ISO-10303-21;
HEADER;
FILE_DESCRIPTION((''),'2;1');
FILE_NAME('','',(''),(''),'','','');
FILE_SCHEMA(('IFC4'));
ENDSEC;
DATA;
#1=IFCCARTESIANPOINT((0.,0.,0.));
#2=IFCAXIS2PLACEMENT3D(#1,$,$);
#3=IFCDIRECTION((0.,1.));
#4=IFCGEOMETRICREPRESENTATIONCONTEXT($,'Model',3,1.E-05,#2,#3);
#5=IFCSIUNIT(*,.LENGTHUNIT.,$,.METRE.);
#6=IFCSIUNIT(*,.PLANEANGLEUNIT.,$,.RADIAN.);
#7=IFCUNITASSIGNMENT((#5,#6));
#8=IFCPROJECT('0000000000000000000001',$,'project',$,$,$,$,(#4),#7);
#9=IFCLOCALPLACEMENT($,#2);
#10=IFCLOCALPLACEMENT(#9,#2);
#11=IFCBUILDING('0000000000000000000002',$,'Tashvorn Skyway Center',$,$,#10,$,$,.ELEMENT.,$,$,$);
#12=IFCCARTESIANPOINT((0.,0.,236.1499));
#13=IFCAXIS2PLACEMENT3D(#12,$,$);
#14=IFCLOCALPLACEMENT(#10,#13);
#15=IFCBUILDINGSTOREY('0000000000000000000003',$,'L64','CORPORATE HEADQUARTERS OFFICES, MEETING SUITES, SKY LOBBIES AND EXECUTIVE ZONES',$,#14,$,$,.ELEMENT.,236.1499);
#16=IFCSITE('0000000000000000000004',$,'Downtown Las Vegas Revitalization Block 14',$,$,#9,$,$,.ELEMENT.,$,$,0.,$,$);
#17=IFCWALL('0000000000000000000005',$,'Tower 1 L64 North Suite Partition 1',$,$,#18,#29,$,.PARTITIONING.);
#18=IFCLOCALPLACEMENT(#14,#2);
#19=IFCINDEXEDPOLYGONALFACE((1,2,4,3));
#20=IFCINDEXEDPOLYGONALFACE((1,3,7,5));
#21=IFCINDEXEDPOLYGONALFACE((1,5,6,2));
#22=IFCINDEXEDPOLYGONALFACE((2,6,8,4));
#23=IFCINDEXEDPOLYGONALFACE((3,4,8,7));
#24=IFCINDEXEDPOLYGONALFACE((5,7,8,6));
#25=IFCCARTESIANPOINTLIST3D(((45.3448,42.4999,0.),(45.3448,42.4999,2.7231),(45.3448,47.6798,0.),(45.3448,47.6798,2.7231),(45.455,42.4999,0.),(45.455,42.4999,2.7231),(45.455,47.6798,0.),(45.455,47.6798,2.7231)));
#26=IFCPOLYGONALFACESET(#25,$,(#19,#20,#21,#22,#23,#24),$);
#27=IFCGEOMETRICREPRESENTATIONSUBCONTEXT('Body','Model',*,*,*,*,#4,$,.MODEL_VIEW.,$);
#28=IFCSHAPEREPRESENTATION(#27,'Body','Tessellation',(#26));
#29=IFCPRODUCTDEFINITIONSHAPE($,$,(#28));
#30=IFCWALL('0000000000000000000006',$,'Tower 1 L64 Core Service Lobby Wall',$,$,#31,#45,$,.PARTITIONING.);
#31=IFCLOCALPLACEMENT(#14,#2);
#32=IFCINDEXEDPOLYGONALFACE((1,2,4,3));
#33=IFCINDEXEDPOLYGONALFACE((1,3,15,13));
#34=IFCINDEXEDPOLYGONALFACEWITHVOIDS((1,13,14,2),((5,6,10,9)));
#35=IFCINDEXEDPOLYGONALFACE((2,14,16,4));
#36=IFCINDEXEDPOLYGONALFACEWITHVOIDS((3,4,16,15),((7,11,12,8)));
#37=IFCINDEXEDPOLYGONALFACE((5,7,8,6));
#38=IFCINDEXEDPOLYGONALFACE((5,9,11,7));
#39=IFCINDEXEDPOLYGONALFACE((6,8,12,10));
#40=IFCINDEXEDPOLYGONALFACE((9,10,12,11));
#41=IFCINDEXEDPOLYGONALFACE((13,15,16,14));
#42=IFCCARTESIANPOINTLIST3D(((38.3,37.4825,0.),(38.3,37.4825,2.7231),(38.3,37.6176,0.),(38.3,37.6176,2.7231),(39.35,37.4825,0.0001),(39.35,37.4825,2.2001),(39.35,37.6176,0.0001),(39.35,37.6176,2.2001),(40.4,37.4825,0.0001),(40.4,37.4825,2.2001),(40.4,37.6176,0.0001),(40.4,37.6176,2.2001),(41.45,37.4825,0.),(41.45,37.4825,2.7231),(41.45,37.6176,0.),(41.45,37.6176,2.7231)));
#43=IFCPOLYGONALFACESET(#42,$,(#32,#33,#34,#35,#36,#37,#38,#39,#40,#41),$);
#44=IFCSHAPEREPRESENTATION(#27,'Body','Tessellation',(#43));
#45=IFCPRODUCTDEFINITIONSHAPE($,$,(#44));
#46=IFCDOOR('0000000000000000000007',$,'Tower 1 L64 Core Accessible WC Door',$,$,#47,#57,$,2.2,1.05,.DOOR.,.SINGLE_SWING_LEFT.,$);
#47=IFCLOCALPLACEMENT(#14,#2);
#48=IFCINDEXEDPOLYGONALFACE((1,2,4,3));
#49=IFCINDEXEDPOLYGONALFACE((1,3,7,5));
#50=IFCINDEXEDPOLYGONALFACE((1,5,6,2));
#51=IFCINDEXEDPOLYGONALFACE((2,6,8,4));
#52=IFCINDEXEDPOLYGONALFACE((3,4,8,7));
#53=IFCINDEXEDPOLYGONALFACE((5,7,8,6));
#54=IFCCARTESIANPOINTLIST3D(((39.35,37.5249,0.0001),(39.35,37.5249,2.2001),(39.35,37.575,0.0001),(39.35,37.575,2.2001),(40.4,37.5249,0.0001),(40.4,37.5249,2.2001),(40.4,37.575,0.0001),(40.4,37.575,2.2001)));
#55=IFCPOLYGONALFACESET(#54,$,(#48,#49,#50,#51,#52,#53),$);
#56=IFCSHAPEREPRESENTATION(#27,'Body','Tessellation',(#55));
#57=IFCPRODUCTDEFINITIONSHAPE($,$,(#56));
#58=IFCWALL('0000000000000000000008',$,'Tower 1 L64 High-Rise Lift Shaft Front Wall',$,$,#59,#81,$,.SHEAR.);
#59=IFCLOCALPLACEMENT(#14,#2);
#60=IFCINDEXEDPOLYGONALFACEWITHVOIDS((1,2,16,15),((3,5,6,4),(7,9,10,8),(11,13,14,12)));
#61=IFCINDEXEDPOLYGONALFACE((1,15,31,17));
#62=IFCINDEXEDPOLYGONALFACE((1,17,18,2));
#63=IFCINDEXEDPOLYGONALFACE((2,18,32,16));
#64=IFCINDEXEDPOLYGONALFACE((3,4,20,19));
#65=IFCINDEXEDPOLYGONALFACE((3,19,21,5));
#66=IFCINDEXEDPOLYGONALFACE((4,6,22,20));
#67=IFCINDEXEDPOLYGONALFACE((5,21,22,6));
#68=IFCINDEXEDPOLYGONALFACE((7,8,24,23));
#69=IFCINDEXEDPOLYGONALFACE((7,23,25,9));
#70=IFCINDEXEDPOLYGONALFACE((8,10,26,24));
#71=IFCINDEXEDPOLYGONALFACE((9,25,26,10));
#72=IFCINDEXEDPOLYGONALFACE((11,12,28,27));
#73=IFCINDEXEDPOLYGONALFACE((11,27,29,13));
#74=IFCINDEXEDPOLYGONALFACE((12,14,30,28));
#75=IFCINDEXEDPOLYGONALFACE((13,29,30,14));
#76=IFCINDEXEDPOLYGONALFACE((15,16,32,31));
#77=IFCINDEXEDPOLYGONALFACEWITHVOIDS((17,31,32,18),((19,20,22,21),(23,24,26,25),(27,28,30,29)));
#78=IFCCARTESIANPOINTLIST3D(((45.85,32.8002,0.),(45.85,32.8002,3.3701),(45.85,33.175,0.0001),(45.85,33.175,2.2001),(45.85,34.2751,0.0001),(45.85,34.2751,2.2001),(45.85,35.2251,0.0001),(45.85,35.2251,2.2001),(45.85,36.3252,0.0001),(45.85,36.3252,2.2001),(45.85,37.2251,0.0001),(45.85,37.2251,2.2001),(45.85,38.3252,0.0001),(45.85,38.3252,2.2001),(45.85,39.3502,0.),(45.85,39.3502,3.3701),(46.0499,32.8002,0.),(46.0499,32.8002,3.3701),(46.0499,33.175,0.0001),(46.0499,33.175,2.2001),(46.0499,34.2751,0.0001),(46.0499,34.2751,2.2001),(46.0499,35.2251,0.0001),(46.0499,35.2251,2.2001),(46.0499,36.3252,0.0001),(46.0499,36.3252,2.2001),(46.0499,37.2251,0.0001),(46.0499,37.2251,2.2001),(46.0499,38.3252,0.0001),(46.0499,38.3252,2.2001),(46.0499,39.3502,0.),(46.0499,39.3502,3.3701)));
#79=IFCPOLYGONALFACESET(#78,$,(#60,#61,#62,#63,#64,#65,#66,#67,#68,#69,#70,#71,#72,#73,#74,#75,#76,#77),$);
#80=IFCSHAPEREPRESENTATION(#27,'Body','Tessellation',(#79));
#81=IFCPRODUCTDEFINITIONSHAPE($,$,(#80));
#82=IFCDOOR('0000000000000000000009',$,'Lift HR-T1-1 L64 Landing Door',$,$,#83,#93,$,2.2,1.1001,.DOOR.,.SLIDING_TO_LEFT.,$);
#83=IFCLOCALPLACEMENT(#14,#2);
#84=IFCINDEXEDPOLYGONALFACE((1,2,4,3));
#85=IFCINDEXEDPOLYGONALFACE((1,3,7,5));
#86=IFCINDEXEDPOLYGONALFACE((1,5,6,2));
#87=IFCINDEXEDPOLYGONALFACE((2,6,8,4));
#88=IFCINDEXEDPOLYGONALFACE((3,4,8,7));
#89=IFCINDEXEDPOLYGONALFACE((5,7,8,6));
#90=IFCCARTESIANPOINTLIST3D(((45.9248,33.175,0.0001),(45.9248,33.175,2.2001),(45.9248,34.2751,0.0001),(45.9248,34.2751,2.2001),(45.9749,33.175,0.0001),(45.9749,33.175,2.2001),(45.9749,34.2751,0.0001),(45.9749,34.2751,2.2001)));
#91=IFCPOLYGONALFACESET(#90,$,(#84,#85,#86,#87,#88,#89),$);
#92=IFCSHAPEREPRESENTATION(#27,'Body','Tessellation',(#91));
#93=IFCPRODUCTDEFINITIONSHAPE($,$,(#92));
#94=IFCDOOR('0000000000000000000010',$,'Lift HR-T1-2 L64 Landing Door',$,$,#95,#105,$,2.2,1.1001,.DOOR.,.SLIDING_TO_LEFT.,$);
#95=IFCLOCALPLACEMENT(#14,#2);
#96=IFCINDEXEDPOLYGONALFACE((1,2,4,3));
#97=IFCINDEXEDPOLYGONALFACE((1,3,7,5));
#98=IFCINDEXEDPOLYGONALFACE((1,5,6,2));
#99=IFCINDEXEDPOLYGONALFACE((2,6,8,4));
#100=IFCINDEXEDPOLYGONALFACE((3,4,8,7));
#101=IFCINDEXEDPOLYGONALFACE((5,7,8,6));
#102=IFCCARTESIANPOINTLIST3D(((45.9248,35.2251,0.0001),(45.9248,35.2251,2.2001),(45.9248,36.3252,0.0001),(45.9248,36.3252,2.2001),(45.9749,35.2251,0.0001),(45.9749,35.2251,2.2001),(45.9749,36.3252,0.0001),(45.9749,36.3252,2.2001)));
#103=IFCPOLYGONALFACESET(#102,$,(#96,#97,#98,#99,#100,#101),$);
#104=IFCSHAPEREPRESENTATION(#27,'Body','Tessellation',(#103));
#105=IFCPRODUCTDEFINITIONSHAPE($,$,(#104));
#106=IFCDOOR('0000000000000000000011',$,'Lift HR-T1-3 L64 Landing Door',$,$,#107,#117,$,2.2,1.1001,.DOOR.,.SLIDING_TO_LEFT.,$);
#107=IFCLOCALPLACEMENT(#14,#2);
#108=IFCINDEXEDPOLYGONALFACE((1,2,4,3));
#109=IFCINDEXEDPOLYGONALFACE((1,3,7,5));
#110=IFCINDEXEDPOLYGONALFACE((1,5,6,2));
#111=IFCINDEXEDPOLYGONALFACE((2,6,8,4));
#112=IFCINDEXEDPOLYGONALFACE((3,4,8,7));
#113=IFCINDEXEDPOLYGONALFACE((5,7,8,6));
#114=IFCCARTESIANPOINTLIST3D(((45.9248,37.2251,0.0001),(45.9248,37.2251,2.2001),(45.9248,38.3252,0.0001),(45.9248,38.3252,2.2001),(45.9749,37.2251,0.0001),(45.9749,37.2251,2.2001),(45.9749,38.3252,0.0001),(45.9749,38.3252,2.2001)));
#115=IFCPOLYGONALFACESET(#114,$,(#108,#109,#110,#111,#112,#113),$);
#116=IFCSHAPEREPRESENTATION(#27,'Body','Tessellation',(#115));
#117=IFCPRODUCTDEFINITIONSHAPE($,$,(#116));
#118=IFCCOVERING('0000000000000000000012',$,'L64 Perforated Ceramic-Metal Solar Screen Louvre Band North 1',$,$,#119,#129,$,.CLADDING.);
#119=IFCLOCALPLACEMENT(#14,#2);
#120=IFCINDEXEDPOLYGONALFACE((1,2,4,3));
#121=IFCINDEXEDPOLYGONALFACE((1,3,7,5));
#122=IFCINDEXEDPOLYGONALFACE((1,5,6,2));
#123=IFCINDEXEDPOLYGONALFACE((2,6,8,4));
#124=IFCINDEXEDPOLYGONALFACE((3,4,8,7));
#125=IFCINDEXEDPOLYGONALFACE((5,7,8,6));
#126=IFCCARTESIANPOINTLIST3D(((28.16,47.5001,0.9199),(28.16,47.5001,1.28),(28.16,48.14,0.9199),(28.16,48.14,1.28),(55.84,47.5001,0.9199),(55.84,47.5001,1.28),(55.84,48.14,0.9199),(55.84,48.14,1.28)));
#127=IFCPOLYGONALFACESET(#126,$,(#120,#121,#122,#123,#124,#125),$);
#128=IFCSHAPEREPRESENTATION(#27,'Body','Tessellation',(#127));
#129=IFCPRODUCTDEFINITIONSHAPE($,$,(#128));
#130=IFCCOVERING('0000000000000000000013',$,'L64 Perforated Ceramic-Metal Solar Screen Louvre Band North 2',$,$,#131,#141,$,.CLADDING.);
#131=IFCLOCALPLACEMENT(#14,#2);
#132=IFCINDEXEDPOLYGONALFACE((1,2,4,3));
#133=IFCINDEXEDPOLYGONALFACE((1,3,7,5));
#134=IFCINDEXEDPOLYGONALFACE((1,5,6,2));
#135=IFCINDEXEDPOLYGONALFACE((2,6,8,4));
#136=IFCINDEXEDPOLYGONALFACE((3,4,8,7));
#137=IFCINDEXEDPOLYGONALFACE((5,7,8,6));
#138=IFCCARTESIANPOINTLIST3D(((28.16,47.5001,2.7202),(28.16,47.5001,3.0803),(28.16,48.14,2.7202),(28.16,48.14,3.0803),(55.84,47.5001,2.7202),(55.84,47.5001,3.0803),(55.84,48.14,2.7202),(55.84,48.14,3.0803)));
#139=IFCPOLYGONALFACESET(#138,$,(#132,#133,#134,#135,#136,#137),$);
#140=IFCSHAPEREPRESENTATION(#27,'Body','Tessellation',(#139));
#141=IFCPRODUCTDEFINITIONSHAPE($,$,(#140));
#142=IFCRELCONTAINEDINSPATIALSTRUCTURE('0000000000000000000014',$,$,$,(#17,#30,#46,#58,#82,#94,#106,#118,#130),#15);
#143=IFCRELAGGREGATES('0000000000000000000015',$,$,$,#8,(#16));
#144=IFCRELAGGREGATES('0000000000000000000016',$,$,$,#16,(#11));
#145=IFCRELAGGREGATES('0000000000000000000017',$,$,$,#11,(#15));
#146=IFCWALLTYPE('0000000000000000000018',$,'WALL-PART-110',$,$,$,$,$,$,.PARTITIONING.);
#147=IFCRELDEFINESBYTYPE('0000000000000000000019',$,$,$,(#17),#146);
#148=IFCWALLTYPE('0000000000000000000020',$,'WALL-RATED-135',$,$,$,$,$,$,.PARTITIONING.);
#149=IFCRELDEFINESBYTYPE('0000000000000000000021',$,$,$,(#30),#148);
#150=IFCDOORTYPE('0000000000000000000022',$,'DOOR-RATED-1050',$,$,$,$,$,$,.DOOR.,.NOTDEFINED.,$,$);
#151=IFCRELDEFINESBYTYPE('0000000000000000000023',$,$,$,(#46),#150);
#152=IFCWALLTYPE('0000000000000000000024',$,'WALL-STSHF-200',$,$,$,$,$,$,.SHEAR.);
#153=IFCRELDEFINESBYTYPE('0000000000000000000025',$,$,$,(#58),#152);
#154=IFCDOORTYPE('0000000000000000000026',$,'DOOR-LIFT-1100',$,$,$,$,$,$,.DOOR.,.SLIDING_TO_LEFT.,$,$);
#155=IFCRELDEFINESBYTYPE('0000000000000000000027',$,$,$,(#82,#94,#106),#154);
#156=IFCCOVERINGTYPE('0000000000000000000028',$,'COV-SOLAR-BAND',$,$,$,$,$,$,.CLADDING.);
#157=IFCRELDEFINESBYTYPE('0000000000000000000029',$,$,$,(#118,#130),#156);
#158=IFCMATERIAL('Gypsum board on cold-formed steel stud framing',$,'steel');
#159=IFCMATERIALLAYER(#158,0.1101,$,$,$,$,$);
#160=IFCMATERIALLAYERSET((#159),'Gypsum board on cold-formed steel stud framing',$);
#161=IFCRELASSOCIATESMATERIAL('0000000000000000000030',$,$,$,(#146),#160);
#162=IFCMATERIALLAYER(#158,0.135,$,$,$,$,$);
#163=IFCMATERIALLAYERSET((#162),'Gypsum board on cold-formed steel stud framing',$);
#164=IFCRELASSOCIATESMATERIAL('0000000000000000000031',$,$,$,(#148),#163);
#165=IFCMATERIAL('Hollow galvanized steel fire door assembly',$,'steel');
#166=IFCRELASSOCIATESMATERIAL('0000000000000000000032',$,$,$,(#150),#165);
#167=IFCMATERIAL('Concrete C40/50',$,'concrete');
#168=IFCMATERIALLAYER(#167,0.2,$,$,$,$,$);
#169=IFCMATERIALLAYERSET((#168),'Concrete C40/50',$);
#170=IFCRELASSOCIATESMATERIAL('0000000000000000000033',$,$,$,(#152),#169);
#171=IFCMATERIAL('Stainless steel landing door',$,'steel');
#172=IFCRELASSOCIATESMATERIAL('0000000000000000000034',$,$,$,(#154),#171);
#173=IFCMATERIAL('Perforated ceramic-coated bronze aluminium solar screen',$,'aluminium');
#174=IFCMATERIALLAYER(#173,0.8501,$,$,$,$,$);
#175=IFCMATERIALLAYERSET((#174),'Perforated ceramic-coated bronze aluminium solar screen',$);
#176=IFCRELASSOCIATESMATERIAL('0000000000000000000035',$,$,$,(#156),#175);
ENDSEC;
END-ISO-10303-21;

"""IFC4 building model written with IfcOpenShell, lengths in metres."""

from ifc_helpers import new_model, si_unit, direction, frame, frame_2d, origin, origin_2d, place, context, subcontext, project, spatial, rectangle, extrude, material, layer, layer_set, type_object, element, fill, save


model = new_model("IFC4")

# Units and contexts
model_context = context("Model", 3, precision=1e-05, world=origin(), true_north=direction((0.0, 1.0)))
body_context = subcontext(model_context, "Body", "Model", "MODEL_VIEW")
ifc_project = project(units=[si_unit("LENGTHUNIT", "METRE"), si_unit("PLANEANGLEUNIT", "RADIAN")], contexts=[model_context])

# Site, building, storey
site_placement = place(None, origin())
site = spatial("IfcSite", under=ifc_project, at=site_placement, Name="Downtown Las Vegas Revitalization Block 14", CompositionType="ELEMENT", RefElevation=0.0)
building_placement = place(site_placement, origin())
building = spatial("IfcBuilding", under=site, at=building_placement, Name="Tashvorn Skyway Center", CompositionType="ELEMENT")
storey_placement = place(building_placement, frame((0.0, 0.0, 236.1499)))
storey = spatial("IfcBuildingStorey", under=building, at=storey_placement, Name="L64", Description="CORPORATE HEADQUARTERS OFFICES, MEETING SUITES, SKY LOBBIES AND EXECUTIVE ZONES", CompositionType="ELEMENT", Elevation=236.1499)

# Wall
ifc_material_1 = material(Name="Gypsum board on cold-formed steel stud framing", Category="steel")
ifc_layer_1 = layer(ifc_material_1, 0.1101)
ifc_layer_set_1 = layer_set([ifc_layer_1], Name="Gypsum board on cold-formed steel stud framing")
wall_type_1 = type_object("IfcWallType", Name="WALL-PART-110", PredefinedType="PARTITIONING", material=ifc_layer_set_1)
wall_1_placement = place(storey_placement, frame((45.3999, 42.5, 0.0), z_axis=(0.0, 0.0, 1.0), x_axis=(0.0, 1.0, 0.0)))
element("IfcWall", 1, at=wall_1_placement, inside=storey, type_object=wall_type_1, Name="Tower 1 L64 North Suite Partition 1", PredefinedType="PARTITIONING", context=body_context, shape_type="SweptSolid", body=[
    extrude(rectangle(XDim=5.1799, YDim=0.1101, at=frame_2d((2.5898, 0.0))), origin(), (0.0, 0.0, 1.0), 2.7231),
])

# Wall, opening, door
ifc_layer_2 = layer(ifc_material_1, 0.135)
ifc_layer_set_2 = layer_set([ifc_layer_2], Name="Gypsum board on cold-formed steel stud framing")
wall_type_2 = type_object("IfcWallType", Name="WALL-RATED-135", PredefinedType="PARTITIONING", material=ifc_layer_set_2)
wall_2_placement = place(storey_placement, frame((38.3, 37.55, 0.0), z_axis=(0.0, 0.0, 1.0), x_axis=(1.0, 0.0, 0.0)))
wall_2 = element("IfcWall", 2, at=wall_2_placement, inside=storey, type_object=wall_type_2, Name="Tower 1 L64 Core Service Lobby Wall", PredefinedType="PARTITIONING", context=body_context, shape_type="SweptSolid", body=[
    extrude(rectangle(XDim=3.1499, YDim=0.135, at=frame_2d((1.575, 0.0))), origin(), (0.0, 0.0, 1.0), 2.7231),
])
opening_1_placement = place(wall_2_placement, frame((1.05, 0.0, 0.0)))
opening_1 = element("IfcOpeningElement", 3, at=opening_1_placement, cuts=wall_2, PredefinedType="OPENING", context=body_context, shape_type="SweptSolid", body=[
    extrude(rectangle(XDim=1.05, YDim=2.2, at=frame_2d((0.5249, 1.1001))), frame((0.0, 0.0774, 0.0), z_axis=(0.0, -1.0, 0.0), x_axis=(1.0, 0.0, 0.0)), (0.0, 0.0, 1.0), 0.155),
])
ifc_material_2 = material(Name="Hollow galvanized steel fire door assembly", Category="steel")
door_type_1 = type_object("IfcDoorType", Name="DOOR-RATED-1050", OperationType="NOTDEFINED", PredefinedType="DOOR", material=ifc_material_2)
door_1_placement = place(opening_1_placement, origin())
door_1 = element("IfcDoor", 4, at=door_1_placement, inside=storey, type_object=door_type_1, Name="Tower 1 L64 Core Accessible WC Door", OperationType="SINGLE_SWING_LEFT", OverallHeight=2.2, OverallWidth=1.05, PredefinedType="DOOR", context=body_context, shape_type="SweptSolid", body=[
    extrude(rectangle(XDim=1.05, YDim=2.2, at=frame_2d((0.5249, 1.1001))), frame((0.0, 0.0249, 0.0), z_axis=(0.0, -1.0, 0.0), x_axis=(1.0, 0.0, 0.0)), (0.0, 0.0, 1.0), 0.05),
])
fill(opening_1, door_1)

# Wall, openings, doors
ifc_material_3 = material(Name="Concrete C40/50", Category="concrete")
ifc_layer_3 = layer(ifc_material_3, 0.2)
ifc_layer_set_3 = layer_set([ifc_layer_3], Name="Concrete C40/50")
wall_type_3 = type_object("IfcWallType", Name="WALL-STSHF-200", PredefinedType="SHEAR", material=ifc_layer_set_3)
wall_3_placement = place(storey_placement, frame((45.95, 39.3501, 0.0), z_axis=(0.0, 0.0, 1.0), x_axis=(0.0, -1.0, 0.0)))
wall_3 = element("IfcWall", 5, at=wall_3_placement, inside=storey, type_object=wall_type_3, Name="Tower 1 L64 High-Rise Lift Shaft Front Wall", PredefinedType="SHEAR", context=body_context, shape_type="SweptSolid", body=[
    extrude(rectangle(XDim=6.55, YDim=0.2, at=frame_2d((3.2749, 0.0))), origin(), (0.0, 0.0, 1.0), 3.3701),
])
opening_2_placement = place(wall_3_placement, frame((5.075, 0.0, 0.0)))
opening_2 = element("IfcOpeningElement", 6, at=opening_2_placement, cuts=wall_3, PredefinedType="OPENING", context=body_context, shape_type="SweptSolid", body=[
    extrude(rectangle(XDim=1.1001, YDim=2.2, at=frame_2d((0.55, 1.1001))), frame((0.0, 0.1099, 0.0), z_axis=(0.0, -1.0, 0.0), x_axis=(1.0, 0.0, 0.0)), (0.0, 0.0, 1.0), 0.22),
])
opening_3_placement = place(wall_3_placement, frame((3.0249, 0.0, 0.0)))
opening_3 = element("IfcOpeningElement", 7, at=opening_3_placement, cuts=wall_3, PredefinedType="OPENING", context=body_context, shape_type="SweptSolid", body=[
    extrude(rectangle(XDim=1.1001, YDim=2.2, at=frame_2d((0.55, 1.1001))), frame((0.0, 0.1099, 0.0), z_axis=(0.0, -1.0, 0.0), x_axis=(1.0, 0.0, 0.0)), (0.0, 0.0, 1.0), 0.22),
])
opening_4_placement = place(wall_3_placement, frame((1.0249, 0.0, 0.0)))
opening_4 = element("IfcOpeningElement", 8, at=opening_4_placement, cuts=wall_3, PredefinedType="OPENING", context=body_context, shape_type="SweptSolid", body=[
    extrude(rectangle(XDim=1.1001, YDim=2.2, at=frame_2d((0.55, 1.1001))), frame((0.0, 0.1099, 0.0), z_axis=(0.0, -1.0, 0.0), x_axis=(1.0, 0.0, 0.0)), (0.0, 0.0, 1.0), 0.22),
])
ifc_material_4 = material(Name="Stainless steel landing door", Category="steel")
door_type_2 = type_object("IfcDoorType", Name="DOOR-LIFT-1100", OperationType="SLIDING_TO_LEFT", PredefinedType="DOOR", material=ifc_material_4)
door_2_placement = place(opening_2_placement, origin())
door_2 = element("IfcDoor", 9, at=door_2_placement, inside=storey, type_object=door_type_2, Name="Lift HR-T1-1 L64 Landing Door", OperationType="SLIDING_TO_LEFT", OverallHeight=2.2, OverallWidth=1.1001, PredefinedType="DOOR", context=body_context, shape_type="SweptSolid", body=[
    extrude(rectangle(XDim=1.1001, YDim=2.2, at=frame_2d((0.55, 1.1001))), frame((0.0, 0.0249, 0.0), z_axis=(0.0, -1.0, 0.0), x_axis=(1.0, 0.0, 0.0)), (0.0, 0.0, 1.0), 0.05),
])
fill(opening_2, door_2)
door_3_placement = place(opening_3_placement, origin())
door_3 = element("IfcDoor", 10, at=door_3_placement, inside=storey, type_object=door_type_2, Name="Lift HR-T1-2 L64 Landing Door", OperationType="SLIDING_TO_LEFT", OverallHeight=2.2, OverallWidth=1.1001, PredefinedType="DOOR", context=body_context, shape_type="SweptSolid", body=[
    extrude(rectangle(XDim=1.1001, YDim=2.2, at=frame_2d((0.55, 1.1001))), frame((0.0, 0.0249, 0.0), z_axis=(0.0, -1.0, 0.0), x_axis=(1.0, 0.0, 0.0)), (0.0, 0.0, 1.0), 0.05),
])
fill(opening_3, door_3)
door_4_placement = place(opening_4_placement, origin())
door_4 = element("IfcDoor", 11, at=door_4_placement, inside=storey, type_object=door_type_2, Name="Lift HR-T1-3 L64 Landing Door", OperationType="SLIDING_TO_LEFT", OverallHeight=2.2, OverallWidth=1.1001, PredefinedType="DOOR", context=body_context, shape_type="SweptSolid", body=[
    extrude(rectangle(XDim=1.1001, YDim=2.2, at=frame_2d((0.55, 1.1001))), frame((0.0, 0.0249, 0.0), z_axis=(0.0, -1.0, 0.0), x_axis=(1.0, 0.0, 0.0)), (0.0, 0.0, 1.0), 0.05),
])
fill(opening_4, door_4)

# Coverings
ifc_material_5 = material(Name="Perforated ceramic-coated bronze aluminium solar screen", Category="aluminium")
ifc_layer_4 = layer(ifc_material_5, 0.8501)
ifc_layer_set_4 = layer_set([ifc_layer_4], Name="Perforated ceramic-coated bronze aluminium solar screen")
covering_type = type_object("IfcCoveringType", Name="COV-SOLAR-BAND", PredefinedType="CLADDING", material=ifc_layer_set_4)
for number, where, z_axis, x_axis, name in (
    (12, (42.0, 47.8201, 0.9199), (0.0, 0.0, 1.0), (1.0, 0.0, 0.0), "L64 Perforated Ceramic-Metal Solar Screen Louvre Band North 1"),
    (13, (42.0, 47.8201, 2.7202), (0.0, 0.0, 1.0), (1.0, 0.0, 0.0), "L64 Perforated Ceramic-Metal Solar Screen Louvre Band North 2"),
):
    element("IfcCovering", number, at=place(storey_placement, frame(where, z_axis=z_axis, x_axis=x_axis)), inside=storey, type_object=covering_type, Name=name, PredefinedType="CLADDING", context=body_context, shape_type="SweptSolid", body=[
        extrude(rectangle(XDim=27.6799, YDim=0.6399, at=origin_2d()), origin(), (0.0, 0.0, 1.0), 0.3601),
    ])

save(model, "model.ifc")
